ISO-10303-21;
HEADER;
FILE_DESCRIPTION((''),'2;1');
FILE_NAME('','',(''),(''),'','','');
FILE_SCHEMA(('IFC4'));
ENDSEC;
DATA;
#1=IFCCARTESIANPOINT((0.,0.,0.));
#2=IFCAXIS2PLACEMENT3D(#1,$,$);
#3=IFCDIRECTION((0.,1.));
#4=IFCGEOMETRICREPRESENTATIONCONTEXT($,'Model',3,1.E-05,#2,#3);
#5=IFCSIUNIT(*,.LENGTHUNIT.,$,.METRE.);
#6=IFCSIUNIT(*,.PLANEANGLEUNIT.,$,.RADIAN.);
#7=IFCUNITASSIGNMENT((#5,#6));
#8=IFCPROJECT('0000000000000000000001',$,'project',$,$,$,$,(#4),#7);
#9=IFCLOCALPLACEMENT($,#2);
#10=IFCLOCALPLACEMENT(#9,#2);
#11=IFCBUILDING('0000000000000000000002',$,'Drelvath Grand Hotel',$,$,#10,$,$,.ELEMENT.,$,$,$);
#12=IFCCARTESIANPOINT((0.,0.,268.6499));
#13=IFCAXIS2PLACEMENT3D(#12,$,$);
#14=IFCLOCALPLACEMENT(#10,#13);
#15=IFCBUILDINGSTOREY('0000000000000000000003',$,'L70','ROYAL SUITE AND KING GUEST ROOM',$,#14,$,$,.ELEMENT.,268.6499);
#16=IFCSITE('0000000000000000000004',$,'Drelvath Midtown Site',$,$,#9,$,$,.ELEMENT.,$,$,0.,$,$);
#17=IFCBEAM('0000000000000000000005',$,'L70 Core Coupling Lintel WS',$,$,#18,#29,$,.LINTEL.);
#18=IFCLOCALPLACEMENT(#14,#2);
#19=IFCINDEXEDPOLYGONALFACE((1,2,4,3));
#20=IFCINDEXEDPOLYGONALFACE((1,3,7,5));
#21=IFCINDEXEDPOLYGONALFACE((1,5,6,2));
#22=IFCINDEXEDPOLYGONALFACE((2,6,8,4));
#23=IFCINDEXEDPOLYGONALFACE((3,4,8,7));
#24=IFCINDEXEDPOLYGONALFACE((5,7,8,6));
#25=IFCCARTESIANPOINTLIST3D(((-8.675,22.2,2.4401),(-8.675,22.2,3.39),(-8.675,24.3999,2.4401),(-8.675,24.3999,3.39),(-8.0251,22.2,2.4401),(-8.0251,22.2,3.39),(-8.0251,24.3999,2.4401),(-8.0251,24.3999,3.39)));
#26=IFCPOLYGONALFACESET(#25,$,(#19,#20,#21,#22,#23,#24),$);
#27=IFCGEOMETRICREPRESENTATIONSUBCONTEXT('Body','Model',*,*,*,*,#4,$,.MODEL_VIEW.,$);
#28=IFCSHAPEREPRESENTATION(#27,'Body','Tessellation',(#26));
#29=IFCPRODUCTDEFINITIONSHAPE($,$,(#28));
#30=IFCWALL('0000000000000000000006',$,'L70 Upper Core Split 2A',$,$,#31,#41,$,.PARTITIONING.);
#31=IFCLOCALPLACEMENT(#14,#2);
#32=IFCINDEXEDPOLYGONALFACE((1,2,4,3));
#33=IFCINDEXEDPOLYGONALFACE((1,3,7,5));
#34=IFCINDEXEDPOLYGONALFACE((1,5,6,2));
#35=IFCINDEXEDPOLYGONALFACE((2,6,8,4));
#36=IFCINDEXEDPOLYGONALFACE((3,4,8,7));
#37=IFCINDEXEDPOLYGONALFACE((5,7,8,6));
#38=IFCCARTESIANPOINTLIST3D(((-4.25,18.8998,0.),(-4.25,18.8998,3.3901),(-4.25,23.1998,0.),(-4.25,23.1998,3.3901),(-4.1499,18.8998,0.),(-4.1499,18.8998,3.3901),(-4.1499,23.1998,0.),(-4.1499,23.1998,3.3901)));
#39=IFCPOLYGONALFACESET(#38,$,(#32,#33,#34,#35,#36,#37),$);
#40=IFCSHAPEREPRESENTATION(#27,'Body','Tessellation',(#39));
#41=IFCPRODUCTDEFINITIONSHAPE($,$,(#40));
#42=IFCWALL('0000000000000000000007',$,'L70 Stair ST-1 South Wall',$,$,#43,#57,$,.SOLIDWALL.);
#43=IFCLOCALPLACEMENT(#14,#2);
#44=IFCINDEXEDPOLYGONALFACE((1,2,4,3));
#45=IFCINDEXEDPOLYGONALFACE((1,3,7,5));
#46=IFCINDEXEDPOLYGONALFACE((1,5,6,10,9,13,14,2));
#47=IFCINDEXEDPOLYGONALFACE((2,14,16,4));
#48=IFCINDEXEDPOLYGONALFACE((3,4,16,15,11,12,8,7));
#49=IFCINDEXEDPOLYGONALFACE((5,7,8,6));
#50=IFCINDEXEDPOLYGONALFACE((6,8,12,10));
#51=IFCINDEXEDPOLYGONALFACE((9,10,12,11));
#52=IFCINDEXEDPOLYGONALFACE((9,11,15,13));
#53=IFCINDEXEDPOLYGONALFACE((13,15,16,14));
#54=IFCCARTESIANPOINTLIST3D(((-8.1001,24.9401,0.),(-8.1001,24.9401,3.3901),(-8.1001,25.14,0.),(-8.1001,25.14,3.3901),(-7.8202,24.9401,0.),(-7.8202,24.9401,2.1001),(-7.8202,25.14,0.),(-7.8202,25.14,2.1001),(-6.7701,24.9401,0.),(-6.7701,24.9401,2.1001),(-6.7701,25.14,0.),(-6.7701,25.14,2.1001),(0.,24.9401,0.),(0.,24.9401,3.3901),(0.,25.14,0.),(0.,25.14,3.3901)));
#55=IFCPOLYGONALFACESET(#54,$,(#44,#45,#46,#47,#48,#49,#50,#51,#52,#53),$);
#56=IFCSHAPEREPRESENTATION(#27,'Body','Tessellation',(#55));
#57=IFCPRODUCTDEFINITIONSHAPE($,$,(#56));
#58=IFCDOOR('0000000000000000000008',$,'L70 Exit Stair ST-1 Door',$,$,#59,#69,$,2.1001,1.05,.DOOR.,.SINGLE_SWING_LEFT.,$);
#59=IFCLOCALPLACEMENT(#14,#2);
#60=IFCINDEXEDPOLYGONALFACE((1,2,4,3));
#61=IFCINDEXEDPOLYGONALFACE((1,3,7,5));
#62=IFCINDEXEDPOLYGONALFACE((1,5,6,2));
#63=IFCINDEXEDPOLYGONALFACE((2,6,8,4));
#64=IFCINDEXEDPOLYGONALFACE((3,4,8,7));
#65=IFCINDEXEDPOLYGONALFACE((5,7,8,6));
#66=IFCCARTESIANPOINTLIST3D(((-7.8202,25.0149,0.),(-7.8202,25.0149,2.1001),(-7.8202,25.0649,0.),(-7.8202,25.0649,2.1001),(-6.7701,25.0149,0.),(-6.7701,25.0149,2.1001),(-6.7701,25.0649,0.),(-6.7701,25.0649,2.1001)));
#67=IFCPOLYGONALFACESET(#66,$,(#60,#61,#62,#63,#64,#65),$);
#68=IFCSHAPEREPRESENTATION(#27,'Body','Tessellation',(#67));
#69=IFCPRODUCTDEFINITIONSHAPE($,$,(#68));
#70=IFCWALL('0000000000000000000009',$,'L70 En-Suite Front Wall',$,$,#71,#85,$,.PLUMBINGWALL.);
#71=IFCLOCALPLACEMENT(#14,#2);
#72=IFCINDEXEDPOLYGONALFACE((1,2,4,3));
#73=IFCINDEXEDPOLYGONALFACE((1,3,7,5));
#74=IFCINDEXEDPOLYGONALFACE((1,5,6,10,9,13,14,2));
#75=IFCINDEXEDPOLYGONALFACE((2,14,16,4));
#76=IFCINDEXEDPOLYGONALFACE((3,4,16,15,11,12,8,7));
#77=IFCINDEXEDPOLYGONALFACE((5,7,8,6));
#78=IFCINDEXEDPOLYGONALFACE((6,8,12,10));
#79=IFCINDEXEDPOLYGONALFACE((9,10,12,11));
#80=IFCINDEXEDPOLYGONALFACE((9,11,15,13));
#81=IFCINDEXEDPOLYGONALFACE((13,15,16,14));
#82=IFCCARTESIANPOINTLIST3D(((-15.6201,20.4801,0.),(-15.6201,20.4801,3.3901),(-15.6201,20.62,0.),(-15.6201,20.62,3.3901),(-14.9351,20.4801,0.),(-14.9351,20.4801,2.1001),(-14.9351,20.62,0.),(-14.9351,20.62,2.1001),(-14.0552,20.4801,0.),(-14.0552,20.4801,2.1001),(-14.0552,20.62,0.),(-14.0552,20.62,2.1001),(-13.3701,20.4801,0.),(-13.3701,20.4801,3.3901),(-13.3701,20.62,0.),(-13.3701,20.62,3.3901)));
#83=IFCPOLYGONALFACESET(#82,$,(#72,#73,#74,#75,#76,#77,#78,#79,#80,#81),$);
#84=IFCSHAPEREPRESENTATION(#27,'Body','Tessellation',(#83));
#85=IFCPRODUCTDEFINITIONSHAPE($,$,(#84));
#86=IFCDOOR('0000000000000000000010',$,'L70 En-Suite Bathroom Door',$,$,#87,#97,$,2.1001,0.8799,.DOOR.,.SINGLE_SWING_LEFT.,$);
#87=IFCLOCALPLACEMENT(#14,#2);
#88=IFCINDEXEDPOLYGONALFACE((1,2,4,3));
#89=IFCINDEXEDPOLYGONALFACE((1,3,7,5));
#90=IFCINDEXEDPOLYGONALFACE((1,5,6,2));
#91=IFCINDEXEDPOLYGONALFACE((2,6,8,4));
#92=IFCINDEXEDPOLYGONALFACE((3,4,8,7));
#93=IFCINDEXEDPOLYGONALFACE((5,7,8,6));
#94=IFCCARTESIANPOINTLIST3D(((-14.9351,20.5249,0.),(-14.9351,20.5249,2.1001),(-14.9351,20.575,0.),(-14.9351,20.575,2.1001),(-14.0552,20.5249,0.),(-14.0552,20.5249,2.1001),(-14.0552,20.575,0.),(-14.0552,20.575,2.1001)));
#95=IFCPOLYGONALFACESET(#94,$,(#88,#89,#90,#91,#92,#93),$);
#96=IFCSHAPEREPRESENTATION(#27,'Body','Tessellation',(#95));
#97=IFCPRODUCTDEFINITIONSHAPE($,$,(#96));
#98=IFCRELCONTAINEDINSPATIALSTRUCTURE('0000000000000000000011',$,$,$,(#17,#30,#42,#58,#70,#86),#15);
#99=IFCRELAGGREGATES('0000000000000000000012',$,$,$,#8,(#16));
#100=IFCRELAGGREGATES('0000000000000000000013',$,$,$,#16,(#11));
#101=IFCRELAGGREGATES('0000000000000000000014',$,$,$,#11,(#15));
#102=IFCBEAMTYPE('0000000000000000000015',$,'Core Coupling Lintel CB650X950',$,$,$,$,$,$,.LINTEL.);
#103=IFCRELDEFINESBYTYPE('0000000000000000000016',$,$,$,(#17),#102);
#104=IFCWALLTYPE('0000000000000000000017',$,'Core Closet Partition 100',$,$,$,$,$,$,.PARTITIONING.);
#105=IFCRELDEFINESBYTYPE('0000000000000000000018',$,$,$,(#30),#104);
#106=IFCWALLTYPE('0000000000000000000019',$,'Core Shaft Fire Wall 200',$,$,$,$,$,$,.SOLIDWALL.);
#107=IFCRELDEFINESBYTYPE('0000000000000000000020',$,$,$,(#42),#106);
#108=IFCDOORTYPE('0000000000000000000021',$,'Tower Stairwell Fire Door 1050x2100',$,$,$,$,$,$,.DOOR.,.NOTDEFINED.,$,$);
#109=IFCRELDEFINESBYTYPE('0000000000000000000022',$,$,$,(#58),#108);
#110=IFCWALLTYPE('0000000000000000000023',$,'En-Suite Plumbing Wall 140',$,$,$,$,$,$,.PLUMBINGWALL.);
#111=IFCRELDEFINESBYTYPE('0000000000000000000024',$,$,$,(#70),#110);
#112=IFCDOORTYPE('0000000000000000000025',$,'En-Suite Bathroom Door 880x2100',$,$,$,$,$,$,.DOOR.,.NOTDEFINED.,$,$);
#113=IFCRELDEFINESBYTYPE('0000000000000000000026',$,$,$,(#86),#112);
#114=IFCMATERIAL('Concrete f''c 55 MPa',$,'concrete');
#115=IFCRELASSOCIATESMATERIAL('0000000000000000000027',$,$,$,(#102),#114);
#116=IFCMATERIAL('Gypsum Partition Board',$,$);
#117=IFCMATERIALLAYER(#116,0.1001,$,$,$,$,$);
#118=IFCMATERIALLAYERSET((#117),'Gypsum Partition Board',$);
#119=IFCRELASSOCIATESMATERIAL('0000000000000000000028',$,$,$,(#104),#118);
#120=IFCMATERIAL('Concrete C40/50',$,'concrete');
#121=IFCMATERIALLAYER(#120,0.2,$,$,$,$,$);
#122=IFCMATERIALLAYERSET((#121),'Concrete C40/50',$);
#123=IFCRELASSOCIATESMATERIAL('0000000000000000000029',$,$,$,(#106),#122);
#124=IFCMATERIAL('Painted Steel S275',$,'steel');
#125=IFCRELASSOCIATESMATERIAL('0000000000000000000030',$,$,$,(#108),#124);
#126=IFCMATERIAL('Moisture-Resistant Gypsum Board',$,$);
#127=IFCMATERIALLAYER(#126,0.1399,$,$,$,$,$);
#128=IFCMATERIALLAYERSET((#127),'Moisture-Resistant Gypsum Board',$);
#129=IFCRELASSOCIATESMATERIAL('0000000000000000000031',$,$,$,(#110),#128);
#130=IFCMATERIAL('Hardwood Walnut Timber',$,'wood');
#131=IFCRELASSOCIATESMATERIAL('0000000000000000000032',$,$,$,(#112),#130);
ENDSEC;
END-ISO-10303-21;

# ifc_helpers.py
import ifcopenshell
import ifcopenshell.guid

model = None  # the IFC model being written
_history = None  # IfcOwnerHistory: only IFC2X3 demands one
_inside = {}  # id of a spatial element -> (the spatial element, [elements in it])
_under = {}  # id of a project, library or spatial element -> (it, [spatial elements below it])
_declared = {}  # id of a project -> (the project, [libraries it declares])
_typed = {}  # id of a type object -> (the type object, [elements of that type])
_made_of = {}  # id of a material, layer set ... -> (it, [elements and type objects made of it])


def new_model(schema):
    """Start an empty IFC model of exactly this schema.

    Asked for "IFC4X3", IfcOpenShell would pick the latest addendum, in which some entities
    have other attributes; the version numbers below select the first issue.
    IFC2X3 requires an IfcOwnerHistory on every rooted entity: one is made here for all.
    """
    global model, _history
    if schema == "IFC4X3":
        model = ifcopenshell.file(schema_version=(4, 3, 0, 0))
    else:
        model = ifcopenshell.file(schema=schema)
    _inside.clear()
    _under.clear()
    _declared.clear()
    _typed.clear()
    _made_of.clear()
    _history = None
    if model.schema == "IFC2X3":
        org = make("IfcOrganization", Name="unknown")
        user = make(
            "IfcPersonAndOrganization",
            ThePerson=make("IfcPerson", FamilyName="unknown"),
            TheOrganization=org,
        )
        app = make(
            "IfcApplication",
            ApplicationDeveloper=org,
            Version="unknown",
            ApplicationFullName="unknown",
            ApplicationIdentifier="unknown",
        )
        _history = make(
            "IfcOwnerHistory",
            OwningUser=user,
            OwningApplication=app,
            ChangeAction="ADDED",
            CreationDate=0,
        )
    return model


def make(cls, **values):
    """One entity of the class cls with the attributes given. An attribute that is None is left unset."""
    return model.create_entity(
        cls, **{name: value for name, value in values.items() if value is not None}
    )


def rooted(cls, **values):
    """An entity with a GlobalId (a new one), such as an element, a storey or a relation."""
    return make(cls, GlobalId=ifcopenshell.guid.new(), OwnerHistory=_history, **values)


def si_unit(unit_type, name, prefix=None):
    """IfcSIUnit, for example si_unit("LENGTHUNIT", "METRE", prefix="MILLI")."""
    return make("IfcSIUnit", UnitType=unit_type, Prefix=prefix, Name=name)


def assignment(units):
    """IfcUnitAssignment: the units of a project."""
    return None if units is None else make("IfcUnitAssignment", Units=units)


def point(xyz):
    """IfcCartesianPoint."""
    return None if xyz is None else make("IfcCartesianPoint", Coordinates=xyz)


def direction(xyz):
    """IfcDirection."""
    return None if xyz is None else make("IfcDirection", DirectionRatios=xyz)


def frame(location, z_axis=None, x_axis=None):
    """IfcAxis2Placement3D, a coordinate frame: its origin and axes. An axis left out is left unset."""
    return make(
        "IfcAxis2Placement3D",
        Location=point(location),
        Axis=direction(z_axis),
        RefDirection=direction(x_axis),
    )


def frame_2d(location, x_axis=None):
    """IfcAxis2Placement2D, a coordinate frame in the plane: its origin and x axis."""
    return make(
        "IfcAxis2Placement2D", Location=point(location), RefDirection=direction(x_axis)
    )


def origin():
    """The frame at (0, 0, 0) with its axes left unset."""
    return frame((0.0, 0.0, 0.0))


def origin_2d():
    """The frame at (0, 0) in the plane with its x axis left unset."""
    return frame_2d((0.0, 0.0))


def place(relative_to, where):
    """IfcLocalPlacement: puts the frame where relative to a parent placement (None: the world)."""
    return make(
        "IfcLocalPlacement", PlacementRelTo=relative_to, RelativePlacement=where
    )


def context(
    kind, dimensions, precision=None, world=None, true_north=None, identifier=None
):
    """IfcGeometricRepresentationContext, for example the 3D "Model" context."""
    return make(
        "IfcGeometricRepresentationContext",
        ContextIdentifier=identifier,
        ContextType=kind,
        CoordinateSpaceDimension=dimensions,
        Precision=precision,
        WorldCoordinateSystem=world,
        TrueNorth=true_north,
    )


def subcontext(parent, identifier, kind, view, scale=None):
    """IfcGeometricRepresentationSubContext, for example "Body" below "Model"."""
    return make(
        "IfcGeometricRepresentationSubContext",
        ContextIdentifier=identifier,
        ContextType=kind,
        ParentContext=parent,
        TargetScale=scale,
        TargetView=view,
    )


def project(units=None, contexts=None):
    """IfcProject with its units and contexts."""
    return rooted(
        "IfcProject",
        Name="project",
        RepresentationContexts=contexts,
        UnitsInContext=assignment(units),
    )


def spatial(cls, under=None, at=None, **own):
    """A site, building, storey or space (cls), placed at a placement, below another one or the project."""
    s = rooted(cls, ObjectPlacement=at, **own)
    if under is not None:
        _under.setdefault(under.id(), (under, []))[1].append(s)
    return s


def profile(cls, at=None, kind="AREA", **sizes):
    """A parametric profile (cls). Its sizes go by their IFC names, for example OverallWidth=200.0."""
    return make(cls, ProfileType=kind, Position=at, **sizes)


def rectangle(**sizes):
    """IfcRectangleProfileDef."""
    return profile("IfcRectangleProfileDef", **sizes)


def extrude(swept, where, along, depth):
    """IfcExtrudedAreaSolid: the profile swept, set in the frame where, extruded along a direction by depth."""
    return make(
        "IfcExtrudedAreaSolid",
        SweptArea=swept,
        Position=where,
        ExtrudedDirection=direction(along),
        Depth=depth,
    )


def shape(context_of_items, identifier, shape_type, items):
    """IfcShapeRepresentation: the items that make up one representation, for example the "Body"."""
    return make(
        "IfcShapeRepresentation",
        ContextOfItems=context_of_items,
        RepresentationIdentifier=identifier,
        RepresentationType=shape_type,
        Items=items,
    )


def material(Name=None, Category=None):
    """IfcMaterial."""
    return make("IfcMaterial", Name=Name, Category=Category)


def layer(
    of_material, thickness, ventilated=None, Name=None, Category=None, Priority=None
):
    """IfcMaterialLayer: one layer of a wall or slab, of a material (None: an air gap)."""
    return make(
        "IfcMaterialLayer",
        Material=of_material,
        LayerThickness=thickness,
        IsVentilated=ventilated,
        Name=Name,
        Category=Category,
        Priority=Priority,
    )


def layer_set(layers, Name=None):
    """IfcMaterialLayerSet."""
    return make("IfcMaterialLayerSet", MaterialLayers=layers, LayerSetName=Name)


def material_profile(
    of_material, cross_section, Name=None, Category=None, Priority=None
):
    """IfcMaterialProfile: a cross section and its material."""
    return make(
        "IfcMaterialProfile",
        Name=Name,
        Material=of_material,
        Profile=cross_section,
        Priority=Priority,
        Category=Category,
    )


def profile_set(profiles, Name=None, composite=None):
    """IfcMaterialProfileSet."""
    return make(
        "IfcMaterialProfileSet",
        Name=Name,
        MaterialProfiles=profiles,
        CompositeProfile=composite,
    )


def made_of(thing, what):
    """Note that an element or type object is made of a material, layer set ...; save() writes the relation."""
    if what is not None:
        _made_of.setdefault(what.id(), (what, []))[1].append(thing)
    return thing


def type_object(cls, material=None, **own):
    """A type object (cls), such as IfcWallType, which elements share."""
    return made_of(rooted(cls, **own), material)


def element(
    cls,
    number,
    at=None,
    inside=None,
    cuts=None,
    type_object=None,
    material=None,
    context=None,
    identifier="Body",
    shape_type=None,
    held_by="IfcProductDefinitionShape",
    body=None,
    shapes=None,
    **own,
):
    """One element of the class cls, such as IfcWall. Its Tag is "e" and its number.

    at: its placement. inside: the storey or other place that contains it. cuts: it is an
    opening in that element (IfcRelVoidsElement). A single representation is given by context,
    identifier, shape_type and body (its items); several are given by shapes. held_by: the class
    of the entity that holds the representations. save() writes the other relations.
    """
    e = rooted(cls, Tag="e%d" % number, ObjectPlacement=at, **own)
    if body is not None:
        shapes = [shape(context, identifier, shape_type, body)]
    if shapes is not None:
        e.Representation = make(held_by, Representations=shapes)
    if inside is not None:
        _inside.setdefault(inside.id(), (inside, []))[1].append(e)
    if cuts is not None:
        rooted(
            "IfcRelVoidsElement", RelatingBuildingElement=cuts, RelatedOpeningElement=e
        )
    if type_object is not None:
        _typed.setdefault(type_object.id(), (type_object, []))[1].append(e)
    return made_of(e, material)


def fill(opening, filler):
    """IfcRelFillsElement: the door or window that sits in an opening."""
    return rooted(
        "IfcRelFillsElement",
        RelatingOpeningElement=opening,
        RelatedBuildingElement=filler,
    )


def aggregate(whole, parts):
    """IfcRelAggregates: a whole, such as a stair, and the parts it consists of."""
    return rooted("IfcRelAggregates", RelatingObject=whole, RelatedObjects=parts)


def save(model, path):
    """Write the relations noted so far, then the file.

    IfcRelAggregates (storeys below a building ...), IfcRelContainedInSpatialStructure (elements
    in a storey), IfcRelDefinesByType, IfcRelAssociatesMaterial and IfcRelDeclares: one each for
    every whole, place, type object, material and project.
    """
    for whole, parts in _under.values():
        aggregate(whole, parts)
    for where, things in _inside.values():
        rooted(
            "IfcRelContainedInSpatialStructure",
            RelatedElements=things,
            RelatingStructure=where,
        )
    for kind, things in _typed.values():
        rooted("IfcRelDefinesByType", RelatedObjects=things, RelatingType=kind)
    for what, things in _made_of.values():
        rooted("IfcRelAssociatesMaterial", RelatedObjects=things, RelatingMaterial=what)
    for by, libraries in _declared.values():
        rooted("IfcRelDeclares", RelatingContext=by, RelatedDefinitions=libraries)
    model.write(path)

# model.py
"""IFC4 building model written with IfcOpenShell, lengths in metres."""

from ifc_helpers import new_model, si_unit, direction, frame, frame_2d, origin, origin_2d, place, context, subcontext, project, spatial, rectangle, extrude, material, layer, layer_set, material_profile, profile_set, type_object, element, fill, save


model = new_model("IFC4")

# Units and contexts
model_context = context("Model", 3, precision=1e-05, world=origin(), true_north=direction((0.0, 1.0)))
body_context = subcontext(model_context, "Body", "Model", "MODEL_VIEW")
ifc_project = project(units=[si_unit("LENGTHUNIT", "METRE"), si_unit("PLANEANGLEUNIT", "RADIAN")], contexts=[model_context])

# Site, building, storey
site_placement = place(None, origin())
site = spatial("IfcSite", under=ifc_project, at=site_placement, Name="Drelvath Midtown Site", CompositionType="ELEMENT", RefElevation=0.0)
building_placement = place(site_placement, origin())
building = spatial("IfcBuilding", under=site, at=building_placement, Name="Drelvath Grand Hotel", CompositionType="ELEMENT")
storey_placement = place(building_placement, frame((0.0, 0.0, 268.6499)))
storey = spatial("IfcBuildingStorey", under=building, at=storey_placement, Name="L70", Description="ROYAL SUITE AND KING GUEST ROOM", CompositionType="ELEMENT", Elevation=268.6499)

# Beam
ifc_material_1 = material(Name="Concrete f'c 55 MPa", Category="concrete")
ifc_material_profile = material_profile(ifc_material_1, rectangle(XDim=0.6499, YDim=0.95, at=origin_2d()), Name="CB650X950")
ifc_profile_set = profile_set([ifc_material_profile], Name="Concrete f'c 55 MPa")
beam_type = type_object("IfcBeamType", Name="Core Coupling Lintel CB650X950", PredefinedType="LINTEL", material=ifc_profile_set)
beam_placement = place(storey_placement, frame((-8.3501, 22.2, 2.915), z_axis=(0.0, 1.0, 0.0), x_axis=(-1.0, 0.0, 0.0)))
element("IfcBeam", 1, at=beam_placement, inside=storey, type_object=beam_type, Name="L70 Core Coupling Lintel WS", PredefinedType="LINTEL", context=body_context, shape_type="SweptSolid", body=[
    extrude(rectangle(XDim=0.6499, YDim=0.95, at=origin_2d()), origin(), (0.0, 0.0, 1.0), 2.2),
])

# Wall
ifc_material_2 = material(Name="Gypsum Partition Board")
ifc_layer_1 = layer(ifc_material_2, 0.1001)
ifc_layer_set_1 = layer_set([ifc_layer_1], Name="Gypsum Partition Board")
wall_type_1 = type_object("IfcWallType", Name="Core Closet Partition 100", PredefinedType="PARTITIONING", material=ifc_layer_set_1)
wall_1_placement = place(storey_placement, frame((-4.2, 18.8999, 0.0), z_axis=(0.0, 0.0, 1.0), x_axis=(0.0, 1.0, 0.0)))
element("IfcWall", 2, at=wall_1_placement, inside=storey, type_object=wall_type_1, Name="L70 Upper Core Split 2A", PredefinedType="PARTITIONING", context=body_context, shape_type="SweptSolid", body=[
    extrude(rectangle(XDim=4.3, YDim=0.1001, at=frame_2d((2.1499, 0.0))), origin(), (0.0, 0.0, 1.0), 3.3901),
])

# Walls, openings, doors
ifc_material_3 = material(Name="Concrete C40/50", Category="concrete")
ifc_layer_2 = layer(ifc_material_3, 0.2)
ifc_layer_set_2 = layer_set([ifc_layer_2], Name="Concrete C40/50")
wall_type_2 = type_object("IfcWallType", Name="Core Shaft Fire Wall 200", PredefinedType="SOLIDWALL", material=ifc_layer_set_2)
wall_2_placement = place(storey_placement, frame((-8.1001, 25.04, 0.0), z_axis=(0.0, 0.0, 1.0), x_axis=(1.0, 0.0, 0.0)))
wall_2 = element("IfcWall", 3, at=wall_2_placement, inside=storey, type_object=wall_type_2, Name="L70 Stair ST-1 South Wall", PredefinedType="SOLIDWALL", context=body_context, shape_type="SweptSolid", body=[
    extrude(rectangle(XDim=8.1001, YDim=0.2, at=frame_2d((4.05, 0.0))), origin(), (0.0, 0.0, 1.0), 3.3901),
])
opening_1_placement = place(wall_2_placement, frame((0.28, 0.0, 0.0)))
opening_1 = element("IfcOpeningElement", 4, at=opening_1_placement, cuts=wall_2, PredefinedType="OPENING", context=body_context, shape_type="SweptSolid", body=[
    extrude(rectangle(XDim=1.05, YDim=2.1001, at=frame_2d((0.5249, 1.05))), frame((0.0, 0.1099, 0.0), z_axis=(0.0, -1.0, 0.0), x_axis=(1.0, 0.0, 0.0)), (0.0, 0.0, 1.0), 0.22),
])
ifc_material_4 = material(Name="Painted Steel S275", Category="steel")
door_type_1 = type_object("IfcDoorType", Name="Tower Stairwell Fire Door 1050x2100", OperationType="NOTDEFINED", PredefinedType="DOOR", material=ifc_material_4)
door_1_placement = place(opening_1_placement, origin())
door_1 = element("IfcDoor", 5, at=door_1_placement, inside=storey, type_object=door_type_1, Name="L70 Exit Stair ST-1 Door", OperationType="SINGLE_SWING_LEFT", OverallHeight=2.1001, OverallWidth=1.05, PredefinedType="DOOR", context=body_context, shape_type="SweptSolid", body=[
    extrude(rectangle(XDim=1.05, YDim=2.1001, at=frame_2d((0.5249, 1.05))), frame((0.0, 0.0249, 0.0), z_axis=(0.0, -1.0, 0.0), x_axis=(1.0, 0.0, 0.0)), (0.0, 0.0, 1.0), 0.05),
])
fill(opening_1, door_1)
ifc_material_5 = material(Name="Moisture-Resistant Gypsum Board")
ifc_layer_3 = layer(ifc_material_5, 0.1399)
ifc_layer_set_3 = layer_set([ifc_layer_3], Name="Moisture-Resistant Gypsum Board")
wall_type_3 = type_object("IfcWallType", Name="En-Suite Plumbing Wall 140", PredefinedType="PLUMBINGWALL", material=ifc_layer_set_3)
wall_3_placement = place(storey_placement, frame((-15.6201, 20.55, 0.0), z_axis=(0.0, 0.0, 1.0), x_axis=(1.0, 0.0, 0.0)))
wall_3 = element("IfcWall", 6, at=wall_3_placement, inside=storey, type_object=wall_type_3, Name="L70 En-Suite Front Wall", PredefinedType="PLUMBINGWALL", context=body_context, shape_type="SweptSolid", body=[
    extrude(rectangle(XDim=2.25, YDim=0.1399, at=frame_2d((1.125, 0.0))), origin(), (0.0, 0.0, 1.0), 3.3901),
])
opening_2_placement = place(wall_3_placement, frame((0.6851, 0.0, 0.0)))
opening_2 = element("IfcOpeningElement", 7, at=opening_2_placement, cuts=wall_3, PredefinedType="OPENING", context=body_context, shape_type="SweptSolid", body=[
    extrude(rectangle(XDim=0.8799, YDim=2.1001, at=frame_2d((0.4399, 1.05))), frame((0.0, 0.0798, 0.0), z_axis=(0.0, -1.0, 0.0), x_axis=(1.0, 0.0, 0.0)), (0.0, 0.0, 1.0), 0.1599),
])
ifc_material_6 = material(Name="Hardwood Walnut Timber", Category="wood")
door_type_2 = type_object("IfcDoorType", Name="En-Suite Bathroom Door 880x2100", OperationType="NOTDEFINED", PredefinedType="DOOR", material=ifc_material_6)
door_2_placement = place(opening_2_placement, origin())
door_2 = element("IfcDoor", 8, at=door_2_placement, inside=storey, type_object=door_type_2, Name="L70 En-Suite Bathroom Door", OperationType="SINGLE_SWING_LEFT", OverallHeight=2.1001, OverallWidth=0.8799, PredefinedType="DOOR", context=body_context, shape_type="SweptSolid", body=[
    extrude(rectangle(XDim=0.8799, YDim=2.1001, at=frame_2d((0.4399, 1.05))), frame((0.0, 0.0249, 0.0), z_axis=(0.0, -1.0, 0.0), x_axis=(1.0, 0.0, 0.0)), (0.0, 0.0, 1.0), 0.05),
])
fill(opening_2, door_2)

save(model, "model.ifc")
